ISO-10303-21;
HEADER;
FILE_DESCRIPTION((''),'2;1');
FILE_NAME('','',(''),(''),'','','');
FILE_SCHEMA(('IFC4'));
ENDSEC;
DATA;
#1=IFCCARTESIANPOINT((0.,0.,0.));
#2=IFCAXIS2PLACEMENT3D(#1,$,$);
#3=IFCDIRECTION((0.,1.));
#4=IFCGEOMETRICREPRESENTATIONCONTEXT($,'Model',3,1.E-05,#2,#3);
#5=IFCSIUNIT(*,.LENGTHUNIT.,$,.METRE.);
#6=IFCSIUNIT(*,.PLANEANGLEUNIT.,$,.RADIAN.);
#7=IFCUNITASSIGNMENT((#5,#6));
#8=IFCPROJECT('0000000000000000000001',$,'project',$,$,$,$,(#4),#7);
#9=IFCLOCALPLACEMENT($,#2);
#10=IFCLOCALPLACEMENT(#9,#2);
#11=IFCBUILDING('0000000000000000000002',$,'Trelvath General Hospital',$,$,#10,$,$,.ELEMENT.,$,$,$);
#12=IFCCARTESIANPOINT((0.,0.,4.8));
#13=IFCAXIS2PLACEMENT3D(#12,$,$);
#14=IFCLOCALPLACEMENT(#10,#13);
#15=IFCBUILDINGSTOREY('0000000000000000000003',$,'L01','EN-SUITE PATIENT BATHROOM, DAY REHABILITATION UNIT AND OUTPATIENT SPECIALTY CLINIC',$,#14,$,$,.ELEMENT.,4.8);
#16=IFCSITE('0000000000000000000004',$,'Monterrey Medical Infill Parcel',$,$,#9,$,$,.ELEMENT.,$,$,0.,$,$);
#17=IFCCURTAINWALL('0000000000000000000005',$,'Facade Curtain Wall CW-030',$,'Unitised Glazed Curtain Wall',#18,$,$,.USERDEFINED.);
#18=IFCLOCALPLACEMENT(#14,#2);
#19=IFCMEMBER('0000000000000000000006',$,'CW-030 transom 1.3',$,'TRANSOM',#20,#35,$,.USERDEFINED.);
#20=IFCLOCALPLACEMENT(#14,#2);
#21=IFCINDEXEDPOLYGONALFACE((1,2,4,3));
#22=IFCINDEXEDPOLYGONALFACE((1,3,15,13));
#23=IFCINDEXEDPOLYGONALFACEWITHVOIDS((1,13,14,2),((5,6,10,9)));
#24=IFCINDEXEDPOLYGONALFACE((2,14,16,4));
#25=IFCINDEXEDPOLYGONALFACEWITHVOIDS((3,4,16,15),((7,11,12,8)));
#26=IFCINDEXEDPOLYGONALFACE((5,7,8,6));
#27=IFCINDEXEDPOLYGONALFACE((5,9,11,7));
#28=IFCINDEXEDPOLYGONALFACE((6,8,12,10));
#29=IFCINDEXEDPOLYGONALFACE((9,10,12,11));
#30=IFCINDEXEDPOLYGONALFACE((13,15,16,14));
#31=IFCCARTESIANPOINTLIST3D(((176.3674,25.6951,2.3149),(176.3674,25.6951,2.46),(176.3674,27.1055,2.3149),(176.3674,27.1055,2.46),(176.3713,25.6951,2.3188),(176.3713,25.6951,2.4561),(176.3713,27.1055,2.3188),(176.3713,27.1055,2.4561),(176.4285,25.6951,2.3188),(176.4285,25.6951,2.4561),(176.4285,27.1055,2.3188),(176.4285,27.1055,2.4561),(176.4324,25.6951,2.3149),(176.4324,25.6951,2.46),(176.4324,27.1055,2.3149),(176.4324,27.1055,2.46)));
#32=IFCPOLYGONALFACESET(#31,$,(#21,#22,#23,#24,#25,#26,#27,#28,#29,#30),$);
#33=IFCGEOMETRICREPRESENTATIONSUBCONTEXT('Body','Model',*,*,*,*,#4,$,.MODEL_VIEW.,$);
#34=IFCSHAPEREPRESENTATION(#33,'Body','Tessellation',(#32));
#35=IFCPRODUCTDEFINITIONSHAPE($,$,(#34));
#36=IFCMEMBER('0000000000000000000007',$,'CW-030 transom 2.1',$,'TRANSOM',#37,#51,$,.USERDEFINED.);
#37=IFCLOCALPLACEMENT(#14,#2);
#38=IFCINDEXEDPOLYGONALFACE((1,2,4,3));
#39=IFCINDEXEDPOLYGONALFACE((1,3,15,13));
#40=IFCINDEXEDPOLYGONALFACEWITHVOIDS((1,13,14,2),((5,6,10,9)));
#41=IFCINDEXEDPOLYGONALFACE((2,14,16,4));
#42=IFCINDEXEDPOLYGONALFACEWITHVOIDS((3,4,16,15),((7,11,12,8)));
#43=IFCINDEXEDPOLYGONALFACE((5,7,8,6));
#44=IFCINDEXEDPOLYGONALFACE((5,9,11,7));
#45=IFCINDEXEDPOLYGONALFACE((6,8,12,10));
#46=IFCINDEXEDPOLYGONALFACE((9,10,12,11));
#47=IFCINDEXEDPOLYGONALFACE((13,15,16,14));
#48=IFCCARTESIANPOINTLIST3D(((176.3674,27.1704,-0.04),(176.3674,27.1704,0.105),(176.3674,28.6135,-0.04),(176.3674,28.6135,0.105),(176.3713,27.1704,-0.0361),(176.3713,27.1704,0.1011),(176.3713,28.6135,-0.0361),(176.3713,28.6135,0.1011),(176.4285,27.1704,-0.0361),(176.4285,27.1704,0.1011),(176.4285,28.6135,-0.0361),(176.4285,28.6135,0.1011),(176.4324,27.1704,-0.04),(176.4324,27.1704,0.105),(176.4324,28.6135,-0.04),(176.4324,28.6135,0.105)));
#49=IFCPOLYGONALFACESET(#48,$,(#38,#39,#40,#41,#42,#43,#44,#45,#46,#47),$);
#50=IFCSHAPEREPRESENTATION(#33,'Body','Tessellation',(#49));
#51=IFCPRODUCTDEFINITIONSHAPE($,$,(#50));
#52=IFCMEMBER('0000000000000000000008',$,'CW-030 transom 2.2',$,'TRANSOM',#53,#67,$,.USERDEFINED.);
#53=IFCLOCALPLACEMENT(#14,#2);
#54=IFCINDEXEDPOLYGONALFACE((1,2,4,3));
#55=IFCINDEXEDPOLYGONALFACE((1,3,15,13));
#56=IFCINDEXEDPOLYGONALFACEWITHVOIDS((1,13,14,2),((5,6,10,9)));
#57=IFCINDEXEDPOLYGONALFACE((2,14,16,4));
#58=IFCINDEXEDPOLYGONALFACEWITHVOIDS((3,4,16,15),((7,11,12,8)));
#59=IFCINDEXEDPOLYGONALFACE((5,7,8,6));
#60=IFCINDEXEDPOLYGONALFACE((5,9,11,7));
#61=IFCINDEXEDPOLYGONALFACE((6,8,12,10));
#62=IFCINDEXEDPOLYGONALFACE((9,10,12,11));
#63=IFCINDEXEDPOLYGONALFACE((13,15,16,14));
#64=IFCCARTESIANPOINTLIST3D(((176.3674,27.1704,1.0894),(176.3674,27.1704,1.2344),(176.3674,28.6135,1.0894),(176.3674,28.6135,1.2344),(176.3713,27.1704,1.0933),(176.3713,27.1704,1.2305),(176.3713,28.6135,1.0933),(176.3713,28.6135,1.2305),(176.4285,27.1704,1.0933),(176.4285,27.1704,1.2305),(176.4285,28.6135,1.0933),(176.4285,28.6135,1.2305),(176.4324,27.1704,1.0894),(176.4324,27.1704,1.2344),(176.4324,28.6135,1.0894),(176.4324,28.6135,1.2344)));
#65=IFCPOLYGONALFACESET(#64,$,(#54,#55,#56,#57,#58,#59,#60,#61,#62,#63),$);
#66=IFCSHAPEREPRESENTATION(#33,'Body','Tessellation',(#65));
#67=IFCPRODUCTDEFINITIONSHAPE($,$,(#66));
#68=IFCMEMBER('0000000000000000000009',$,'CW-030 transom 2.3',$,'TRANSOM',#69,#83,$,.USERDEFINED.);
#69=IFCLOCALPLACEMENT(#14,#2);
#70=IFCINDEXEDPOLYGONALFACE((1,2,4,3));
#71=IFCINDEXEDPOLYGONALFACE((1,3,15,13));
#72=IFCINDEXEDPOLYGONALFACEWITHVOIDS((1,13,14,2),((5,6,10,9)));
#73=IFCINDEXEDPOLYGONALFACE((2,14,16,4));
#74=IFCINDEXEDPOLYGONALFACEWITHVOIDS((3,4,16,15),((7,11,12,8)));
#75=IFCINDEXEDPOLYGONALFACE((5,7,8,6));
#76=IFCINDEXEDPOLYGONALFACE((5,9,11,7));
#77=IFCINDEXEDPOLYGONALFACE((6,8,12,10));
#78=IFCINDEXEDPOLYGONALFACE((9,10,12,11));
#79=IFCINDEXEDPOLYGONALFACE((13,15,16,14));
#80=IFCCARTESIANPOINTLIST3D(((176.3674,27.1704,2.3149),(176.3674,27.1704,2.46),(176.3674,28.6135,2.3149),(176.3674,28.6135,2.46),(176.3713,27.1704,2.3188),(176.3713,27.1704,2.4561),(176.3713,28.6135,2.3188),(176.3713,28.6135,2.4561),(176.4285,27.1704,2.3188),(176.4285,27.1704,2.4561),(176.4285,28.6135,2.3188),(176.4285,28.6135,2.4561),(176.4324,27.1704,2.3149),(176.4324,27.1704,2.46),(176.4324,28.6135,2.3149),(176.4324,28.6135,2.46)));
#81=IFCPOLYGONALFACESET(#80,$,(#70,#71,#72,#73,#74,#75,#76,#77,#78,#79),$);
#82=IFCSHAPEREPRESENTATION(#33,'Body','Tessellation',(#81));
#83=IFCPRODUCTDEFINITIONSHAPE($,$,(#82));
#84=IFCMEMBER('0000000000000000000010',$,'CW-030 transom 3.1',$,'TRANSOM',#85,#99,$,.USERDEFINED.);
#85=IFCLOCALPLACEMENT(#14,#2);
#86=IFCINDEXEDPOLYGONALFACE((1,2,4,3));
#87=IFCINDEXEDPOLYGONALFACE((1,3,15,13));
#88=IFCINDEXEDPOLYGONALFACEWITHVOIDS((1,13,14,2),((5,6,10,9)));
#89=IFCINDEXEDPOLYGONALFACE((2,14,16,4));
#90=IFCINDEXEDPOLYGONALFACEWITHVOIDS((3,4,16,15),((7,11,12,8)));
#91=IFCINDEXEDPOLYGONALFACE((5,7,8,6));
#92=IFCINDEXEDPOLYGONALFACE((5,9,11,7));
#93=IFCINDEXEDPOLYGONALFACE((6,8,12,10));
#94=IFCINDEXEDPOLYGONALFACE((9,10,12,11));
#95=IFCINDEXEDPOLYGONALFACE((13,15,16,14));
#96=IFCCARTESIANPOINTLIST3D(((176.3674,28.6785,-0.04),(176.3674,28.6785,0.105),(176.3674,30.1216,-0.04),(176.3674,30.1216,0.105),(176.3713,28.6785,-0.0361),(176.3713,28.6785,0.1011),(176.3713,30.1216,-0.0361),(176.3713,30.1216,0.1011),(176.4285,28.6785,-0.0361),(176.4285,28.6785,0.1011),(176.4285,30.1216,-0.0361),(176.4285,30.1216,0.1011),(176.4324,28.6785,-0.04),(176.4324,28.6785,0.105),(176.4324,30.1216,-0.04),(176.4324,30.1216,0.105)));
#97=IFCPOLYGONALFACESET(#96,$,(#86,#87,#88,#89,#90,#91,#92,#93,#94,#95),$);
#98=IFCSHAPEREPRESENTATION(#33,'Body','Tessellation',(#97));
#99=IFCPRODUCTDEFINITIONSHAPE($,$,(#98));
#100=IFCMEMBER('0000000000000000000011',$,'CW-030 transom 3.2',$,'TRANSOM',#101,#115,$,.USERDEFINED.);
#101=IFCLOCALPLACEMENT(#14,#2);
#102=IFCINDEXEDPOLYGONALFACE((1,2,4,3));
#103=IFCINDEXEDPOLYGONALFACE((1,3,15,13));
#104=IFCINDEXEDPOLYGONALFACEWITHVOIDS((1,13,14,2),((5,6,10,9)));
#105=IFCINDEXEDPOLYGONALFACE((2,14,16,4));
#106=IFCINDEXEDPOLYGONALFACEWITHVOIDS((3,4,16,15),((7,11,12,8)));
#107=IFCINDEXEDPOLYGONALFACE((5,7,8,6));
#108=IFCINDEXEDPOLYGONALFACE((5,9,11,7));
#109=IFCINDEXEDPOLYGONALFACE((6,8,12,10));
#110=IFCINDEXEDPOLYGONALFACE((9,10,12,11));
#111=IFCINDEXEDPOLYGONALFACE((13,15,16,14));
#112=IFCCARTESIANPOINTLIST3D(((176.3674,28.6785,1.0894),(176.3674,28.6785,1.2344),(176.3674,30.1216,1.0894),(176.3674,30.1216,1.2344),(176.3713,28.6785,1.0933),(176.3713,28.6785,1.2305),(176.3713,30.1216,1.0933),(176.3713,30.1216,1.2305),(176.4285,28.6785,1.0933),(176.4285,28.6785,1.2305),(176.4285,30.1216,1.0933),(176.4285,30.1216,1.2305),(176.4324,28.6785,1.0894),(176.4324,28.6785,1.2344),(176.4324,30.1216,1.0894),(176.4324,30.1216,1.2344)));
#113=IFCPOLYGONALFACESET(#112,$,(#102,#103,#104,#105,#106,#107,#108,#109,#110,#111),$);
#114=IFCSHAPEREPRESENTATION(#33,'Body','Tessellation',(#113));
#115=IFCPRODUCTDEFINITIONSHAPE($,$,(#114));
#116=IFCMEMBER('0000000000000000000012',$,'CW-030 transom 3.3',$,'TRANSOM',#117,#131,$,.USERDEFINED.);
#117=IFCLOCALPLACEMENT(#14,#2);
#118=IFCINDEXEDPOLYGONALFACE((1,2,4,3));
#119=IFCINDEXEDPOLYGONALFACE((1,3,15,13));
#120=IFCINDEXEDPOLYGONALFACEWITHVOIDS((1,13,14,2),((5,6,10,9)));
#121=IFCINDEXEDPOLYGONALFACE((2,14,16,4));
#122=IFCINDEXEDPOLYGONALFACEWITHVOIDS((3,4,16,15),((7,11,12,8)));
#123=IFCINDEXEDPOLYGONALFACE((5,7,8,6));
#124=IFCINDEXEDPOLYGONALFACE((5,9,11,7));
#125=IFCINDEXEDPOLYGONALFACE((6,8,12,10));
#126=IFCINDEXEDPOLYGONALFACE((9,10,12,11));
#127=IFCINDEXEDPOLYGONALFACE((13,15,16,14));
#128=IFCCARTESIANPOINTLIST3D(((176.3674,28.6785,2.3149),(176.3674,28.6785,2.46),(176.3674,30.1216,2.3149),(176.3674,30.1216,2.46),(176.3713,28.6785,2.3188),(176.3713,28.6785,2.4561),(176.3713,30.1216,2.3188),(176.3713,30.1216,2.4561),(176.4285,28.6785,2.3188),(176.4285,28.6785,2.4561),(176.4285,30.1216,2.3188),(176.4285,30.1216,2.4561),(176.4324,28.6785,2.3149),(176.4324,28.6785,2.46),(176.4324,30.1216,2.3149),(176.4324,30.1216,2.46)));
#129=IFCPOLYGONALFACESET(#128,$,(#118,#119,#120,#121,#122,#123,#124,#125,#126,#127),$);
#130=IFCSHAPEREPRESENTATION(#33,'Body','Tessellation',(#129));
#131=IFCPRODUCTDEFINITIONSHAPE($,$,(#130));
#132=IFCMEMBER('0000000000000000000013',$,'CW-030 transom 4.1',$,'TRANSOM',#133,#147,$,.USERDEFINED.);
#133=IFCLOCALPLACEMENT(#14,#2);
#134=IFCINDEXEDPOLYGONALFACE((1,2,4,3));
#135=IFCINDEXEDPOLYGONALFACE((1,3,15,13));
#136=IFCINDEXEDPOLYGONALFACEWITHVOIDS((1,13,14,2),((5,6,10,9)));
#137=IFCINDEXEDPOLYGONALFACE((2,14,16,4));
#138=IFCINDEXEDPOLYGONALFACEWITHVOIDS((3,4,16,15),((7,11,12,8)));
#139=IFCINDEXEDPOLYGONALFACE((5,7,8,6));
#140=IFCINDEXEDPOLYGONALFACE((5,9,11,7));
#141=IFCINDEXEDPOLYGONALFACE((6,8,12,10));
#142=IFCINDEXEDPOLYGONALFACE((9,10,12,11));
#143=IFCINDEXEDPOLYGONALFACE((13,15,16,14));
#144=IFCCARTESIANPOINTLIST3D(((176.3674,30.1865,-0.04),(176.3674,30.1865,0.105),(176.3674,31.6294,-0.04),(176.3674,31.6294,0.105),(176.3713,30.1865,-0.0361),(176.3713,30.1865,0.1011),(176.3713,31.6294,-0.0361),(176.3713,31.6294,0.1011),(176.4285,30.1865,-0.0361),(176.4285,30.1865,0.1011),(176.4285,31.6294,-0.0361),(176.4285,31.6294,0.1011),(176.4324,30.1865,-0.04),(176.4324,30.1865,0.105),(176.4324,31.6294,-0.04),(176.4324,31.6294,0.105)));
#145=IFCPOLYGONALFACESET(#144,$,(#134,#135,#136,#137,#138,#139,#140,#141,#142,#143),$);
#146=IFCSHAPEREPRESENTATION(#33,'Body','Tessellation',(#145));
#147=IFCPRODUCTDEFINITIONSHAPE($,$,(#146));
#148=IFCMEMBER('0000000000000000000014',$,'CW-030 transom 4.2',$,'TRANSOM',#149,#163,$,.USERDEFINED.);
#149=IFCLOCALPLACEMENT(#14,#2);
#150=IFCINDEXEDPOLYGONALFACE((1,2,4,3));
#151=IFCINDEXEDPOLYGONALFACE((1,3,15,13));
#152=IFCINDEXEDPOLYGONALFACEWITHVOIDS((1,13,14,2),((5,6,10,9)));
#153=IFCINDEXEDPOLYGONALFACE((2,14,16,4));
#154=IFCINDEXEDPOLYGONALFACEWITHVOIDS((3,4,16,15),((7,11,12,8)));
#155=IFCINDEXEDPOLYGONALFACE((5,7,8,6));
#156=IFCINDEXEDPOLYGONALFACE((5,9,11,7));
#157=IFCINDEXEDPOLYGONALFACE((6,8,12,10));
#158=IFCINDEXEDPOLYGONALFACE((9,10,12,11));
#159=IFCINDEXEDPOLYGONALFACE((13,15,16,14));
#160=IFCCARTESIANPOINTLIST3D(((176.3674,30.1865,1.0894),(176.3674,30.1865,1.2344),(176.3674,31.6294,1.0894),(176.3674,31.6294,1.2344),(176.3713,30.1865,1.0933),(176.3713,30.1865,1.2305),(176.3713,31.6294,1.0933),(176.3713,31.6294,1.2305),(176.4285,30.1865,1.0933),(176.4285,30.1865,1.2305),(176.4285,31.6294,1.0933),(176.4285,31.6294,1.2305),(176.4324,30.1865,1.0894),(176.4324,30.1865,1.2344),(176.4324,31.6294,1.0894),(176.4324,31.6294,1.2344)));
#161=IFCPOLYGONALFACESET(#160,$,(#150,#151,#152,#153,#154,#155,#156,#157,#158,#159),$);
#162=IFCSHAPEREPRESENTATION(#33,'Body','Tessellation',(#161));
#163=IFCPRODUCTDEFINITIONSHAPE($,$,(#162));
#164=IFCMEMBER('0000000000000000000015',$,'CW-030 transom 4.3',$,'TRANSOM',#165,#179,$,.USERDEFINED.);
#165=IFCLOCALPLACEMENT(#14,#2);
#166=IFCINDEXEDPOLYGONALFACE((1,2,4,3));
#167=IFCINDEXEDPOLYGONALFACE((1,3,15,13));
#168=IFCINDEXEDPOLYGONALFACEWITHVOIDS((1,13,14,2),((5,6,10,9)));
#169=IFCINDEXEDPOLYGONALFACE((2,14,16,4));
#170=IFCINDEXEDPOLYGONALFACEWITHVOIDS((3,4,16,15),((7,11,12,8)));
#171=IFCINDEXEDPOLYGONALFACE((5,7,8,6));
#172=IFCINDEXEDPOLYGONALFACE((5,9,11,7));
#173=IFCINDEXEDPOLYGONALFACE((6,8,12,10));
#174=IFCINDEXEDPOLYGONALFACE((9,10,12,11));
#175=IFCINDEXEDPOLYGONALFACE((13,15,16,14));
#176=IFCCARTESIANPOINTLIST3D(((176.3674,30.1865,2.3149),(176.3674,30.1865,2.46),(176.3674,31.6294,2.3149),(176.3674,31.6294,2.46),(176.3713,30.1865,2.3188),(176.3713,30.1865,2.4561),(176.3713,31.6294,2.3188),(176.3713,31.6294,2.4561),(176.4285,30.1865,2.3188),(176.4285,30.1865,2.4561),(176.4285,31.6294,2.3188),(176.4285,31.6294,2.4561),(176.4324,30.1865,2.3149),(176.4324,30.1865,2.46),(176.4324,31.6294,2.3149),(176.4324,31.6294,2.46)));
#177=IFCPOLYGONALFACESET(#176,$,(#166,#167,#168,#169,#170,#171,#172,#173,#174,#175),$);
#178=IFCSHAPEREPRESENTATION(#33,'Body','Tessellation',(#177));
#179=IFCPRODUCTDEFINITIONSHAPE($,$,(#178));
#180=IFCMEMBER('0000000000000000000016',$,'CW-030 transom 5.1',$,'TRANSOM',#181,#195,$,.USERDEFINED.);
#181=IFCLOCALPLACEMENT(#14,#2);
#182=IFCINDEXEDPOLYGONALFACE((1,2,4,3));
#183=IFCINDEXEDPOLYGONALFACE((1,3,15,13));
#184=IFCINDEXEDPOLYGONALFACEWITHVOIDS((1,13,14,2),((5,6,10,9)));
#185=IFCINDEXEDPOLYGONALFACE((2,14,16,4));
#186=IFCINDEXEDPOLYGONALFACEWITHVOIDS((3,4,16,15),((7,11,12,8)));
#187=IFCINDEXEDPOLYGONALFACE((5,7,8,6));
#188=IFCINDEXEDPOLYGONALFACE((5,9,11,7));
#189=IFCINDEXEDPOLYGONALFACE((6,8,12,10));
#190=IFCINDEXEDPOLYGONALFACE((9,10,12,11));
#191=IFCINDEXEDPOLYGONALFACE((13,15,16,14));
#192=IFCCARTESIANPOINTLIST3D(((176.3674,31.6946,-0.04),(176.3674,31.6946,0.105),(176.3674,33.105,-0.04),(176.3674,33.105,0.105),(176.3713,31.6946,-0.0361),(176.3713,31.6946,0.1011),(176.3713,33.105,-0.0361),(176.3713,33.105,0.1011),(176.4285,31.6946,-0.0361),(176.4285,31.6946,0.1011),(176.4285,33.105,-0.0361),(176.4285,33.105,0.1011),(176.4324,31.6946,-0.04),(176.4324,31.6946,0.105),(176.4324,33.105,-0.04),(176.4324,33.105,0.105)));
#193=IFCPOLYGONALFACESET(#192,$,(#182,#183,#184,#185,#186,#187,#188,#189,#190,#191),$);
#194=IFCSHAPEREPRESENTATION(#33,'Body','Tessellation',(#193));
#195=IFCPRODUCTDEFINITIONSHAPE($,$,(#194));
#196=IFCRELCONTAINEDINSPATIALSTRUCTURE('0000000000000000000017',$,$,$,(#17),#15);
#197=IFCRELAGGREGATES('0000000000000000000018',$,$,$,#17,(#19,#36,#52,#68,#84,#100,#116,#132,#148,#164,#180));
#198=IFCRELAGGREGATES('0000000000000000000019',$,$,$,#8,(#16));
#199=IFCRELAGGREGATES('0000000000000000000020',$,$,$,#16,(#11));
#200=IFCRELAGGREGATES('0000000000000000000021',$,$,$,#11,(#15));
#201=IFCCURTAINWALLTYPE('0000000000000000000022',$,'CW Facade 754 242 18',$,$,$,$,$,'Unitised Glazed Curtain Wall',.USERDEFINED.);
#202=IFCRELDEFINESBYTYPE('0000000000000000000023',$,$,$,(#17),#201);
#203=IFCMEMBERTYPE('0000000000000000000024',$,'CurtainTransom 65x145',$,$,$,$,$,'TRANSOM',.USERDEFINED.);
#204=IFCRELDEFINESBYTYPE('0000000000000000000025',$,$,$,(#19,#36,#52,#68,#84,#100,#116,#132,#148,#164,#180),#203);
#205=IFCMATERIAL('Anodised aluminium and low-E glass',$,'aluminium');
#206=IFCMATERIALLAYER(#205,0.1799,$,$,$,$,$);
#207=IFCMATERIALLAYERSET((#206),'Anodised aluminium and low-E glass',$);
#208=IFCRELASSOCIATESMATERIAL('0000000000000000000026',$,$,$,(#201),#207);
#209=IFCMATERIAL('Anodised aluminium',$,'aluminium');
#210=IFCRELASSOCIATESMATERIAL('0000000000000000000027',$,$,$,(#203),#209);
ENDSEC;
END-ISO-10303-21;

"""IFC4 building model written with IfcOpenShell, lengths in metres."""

from ifc_helpers import new_model, si_unit, direction, frame, origin, origin_2d, place, context, subcontext, project, spatial, hollow_rectangle, extrude, material, layer, layer_set, material_profile, profile_set, type_object, element, aggregate, save


model = new_model("IFC4")

# Units and contexts
model_context = context("Model", 3, precision=1e-05, world=origin(), true_north=direction((0.0, 1.0)))
body_context = subcontext(model_context, "Body", "Model", "MODEL_VIEW")
ifc_project = project(units=[si_unit("LENGTHUNIT", "METRE"), si_unit("PLANEANGLEUNIT", "RADIAN")], contexts=[model_context])

# Site, building, storey
site_placement = place(None, origin())
site = spatial("IfcSite", under=ifc_project, at=site_placement, Name="Monterrey Medical Infill Parcel", CompositionType="ELEMENT", RefElevation=0.0)
building_placement = place(site_placement, origin())
building = spatial("IfcBuilding", under=site, at=building_placement, Name="Trelvath General Hospital", CompositionType="ELEMENT")
storey_placement = place(building_placement, frame((0.0, 0.0, 4.8)))
storey = spatial("IfcBuildingStorey", under=building, at=storey_placement, Name="L01", Description="EN-SUITE PATIENT BATHROOM, DAY REHABILITATION UNIT AND OUTPATIENT SPECIALTY CLINIC", CompositionType="ELEMENT", Elevation=4.8)

# Curtain wall, members
ifc_material_1 = material(Name="Anodised aluminium and low-E glass", Category="aluminium")
ifc_layer_1 = layer(ifc_material_1, 0.1799)
ifc_layer_set_1 = layer_set([ifc_layer_1], Name="Anodised aluminium and low-E glass")
curtain_wall_type = type_object("IfcCurtainWallType", Name="CW Facade 754 242 18", ElementType="Unitised Glazed Curtain Wall", PredefinedType="USERDEFINED", material=ifc_layer_set_1)
curtain_wall_placement = place(storey_placement, origin())
curtain_wall = element("IfcCurtainWall", 1, at=curtain_wall_placement, inside=storey, type_object=curtain_wall_type, Name="Facade Curtain Wall CW-030", ObjectType="Unitised Glazed Curtain Wall", PredefinedType="USERDEFINED")
ifc_material_2 = material(Name="Anodised aluminium", Category="aluminium")
ifc_material_profile_1 = material_profile(ifc_material_2, hollow_rectangle(XDim=0.0649, YDim=0.145, WallThickness=0.0039, at=origin_2d()), Name="RHS65x145x4")
ifc_profile_set_1 = profile_set([ifc_material_profile_1], Name="Anodised aluminium")
member_type_1 = type_object("IfcMemberType", Name="CurtainTransom 65x145", ElementType="TRANSOM", PredefinedType="USERDEFINED", material=ifc_profile_set_1)
member_1_placement = place(storey_placement, frame((176.3999, 25.6951, 2.3875), z_axis=(0.0, 1.0, 0.0), x_axis=(-1.0, 0.0, 0.0)))
member_1 = element("IfcMember", 2, at=member_1_placement, type_object=member_type_1, Name="CW-030 transom 1.3", ObjectType="TRANSOM", PredefinedType="USERDEFINED", context=body_context, shape_type="SweptSolid", body=[
    extrude(hollow_rectangle(XDim=0.0649, YDim=0.145, WallThickness=0.0039, at=origin_2d()), origin(), (0.0, 0.0, 1.0), 1.4104),
])
member_2_placement = place(storey_placement, frame((176.3999, 27.1704, 0.0325), z_axis=(0.0, 1.0, 0.0), x_axis=(-1.0, 0.0, 0.0)))
member_2 = element("IfcMember", 3, at=member_2_placement, type_object=member_type_1, Name="CW-030 transom 2.1", ObjectType="TRANSOM", PredefinedType="USERDEFINED", context=body_context, shape_type="SweptSolid", body=[
    extrude(hollow_rectangle(XDim=0.0649, YDim=0.145, WallThickness=0.0039, at=origin_2d()), origin(), (0.0, 0.0, 1.0), 1.4431),
])
member_3_placement = place(storey_placement, frame((176.3999, 27.1704, 1.1619), z_axis=(0.0, 1.0, 0.0), x_axis=(-1.0, 0.0, 0.0)))
member_3 = element("IfcMember", 4, at=member_3_placement, type_object=member_type_1, Name="CW-030 transom 2.2", ObjectType="TRANSOM", PredefinedType="USERDEFINED", context=body_context, shape_type="SweptSolid", body=[
    extrude(hollow_rectangle(XDim=0.0649, YDim=0.145, WallThickness=0.0039, at=origin_2d()), origin(), (0.0, 0.0, 1.0), 1.4431),
])
member_4_placement = place(storey_placement, frame((176.3999, 27.1704, 2.3875), z_axis=(0.0, 1.0, 0.0), x_axis=(-1.0, 0.0, 0.0)))
member_4 = element("IfcMember", 5, at=member_4_placement, type_object=member_type_1, Name="CW-030 transom 2.3", ObjectType="TRANSOM", PredefinedType="USERDEFINED", context=body_context, shape_type="SweptSolid", body=[
    extrude(hollow_rectangle(XDim=0.0649, YDim=0.145, WallThickness=0.0039, at=origin_2d()), origin(), (0.0, 0.0, 1.0), 1.4431),
])
member_5_placement = place(storey_placement, frame((176.3999, 28.6785, 0.0325), z_axis=(0.0, 1.0, 0.0), x_axis=(-1.0, 0.0, 0.0)))
member_5 = element("IfcMember", 6, at=member_5_placement, type_object=member_type_1, Name="CW-030 transom 3.1", ObjectType="TRANSOM", PredefinedType="USERDEFINED", context=body_context, shape_type="SweptSolid", body=[
    extrude(hollow_rectangle(XDim=0.0649, YDim=0.145, WallThickness=0.0039, at=origin_2d()), origin(), (0.0, 0.0, 1.0), 1.4431),
])
member_6_placement = place(storey_placement, frame((176.3999, 28.6785, 1.1619), z_axis=(0.0, 1.0, 0.0), x_axis=(-1.0, 0.0, 0.0)))
member_6 = element("IfcMember", 7, at=member_6_placement, type_object=member_type_1, Name="CW-030 transom 3.2", ObjectType="TRANSOM", PredefinedType="USERDEFINED", context=body_context, shape_type="SweptSolid", body=[
    extrude(hollow_rectangle(XDim=0.0649, YDim=0.145, WallThickness=0.0039, at=origin_2d()), origin(), (0.0, 0.0, 1.0), 1.4431),
])
member_7_placement = place(storey_placement, frame((176.3999, 28.6785, 2.3875), z_axis=(0.0, 1.0, 0.0), x_axis=(-1.0, 0.0, 0.0)))
member_7 = element("IfcMember", 8, at=member_7_placement, type_object=member_type_1, Name="CW-030 transom 3.3", ObjectType="TRANSOM", PredefinedType="USERDEFINED", context=body_context, shape_type="SweptSolid", body=[
    extrude(hollow_rectangle(XDim=0.0649, YDim=0.145, WallThickness=0.0039, at=origin_2d()), origin(), (0.0, 0.0, 1.0), 1.4431),
])
member_8_placement = place(storey_placement, frame((176.3999, 30.1865, 0.0325), z_axis=(0.0, 1.0, 0.0), x_axis=(-1.0, 0.0, 0.0)))
member_8 = element("IfcMember", 9, at=member_8_placement, type_object=member_type_1, Name="CW-030 transom 4.1", ObjectType="TRANSOM", PredefinedType="USERDEFINED", context=body_context, shape_type="SweptSolid", body=[
    extrude(hollow_rectangle(XDim=0.0649, YDim=0.145, WallThickness=0.0039, at=origin_2d()), origin(), (0.0, 0.0, 1.0), 1.4429),
])
member_9_placement = place(storey_placement, frame((176.3999, 30.1865, 1.1619), z_axis=(0.0, 1.0, 0.0), x_axis=(-1.0, 0.0, 0.0)))
member_9 = element("IfcMember", 10, at=member_9_placement, type_object=member_type_1, Name="CW-030 transom 4.2", ObjectType="TRANSOM", PredefinedType="USERDEFINED", context=body_context, shape_type="SweptSolid", body=[
    extrude(hollow_rectangle(XDim=0.0649, YDim=0.145, WallThickness=0.0039, at=origin_2d()), origin(), (0.0, 0.0, 1.0), 1.4429),
])
member_10_placement = place(storey_placement, frame((176.3999, 30.1865, 2.3875), z_axis=(0.0, 1.0, 0.0), x_axis=(-1.0, 0.0, 0.0)))
member_10 = element("IfcMember", 11, at=member_10_placement, type_object=member_type_1, Name="CW-030 transom 4.3", ObjectType="TRANSOM", PredefinedType="USERDEFINED", context=body_context, shape_type="SweptSolid", body=[
    extrude(hollow_rectangle(XDim=0.0649, YDim=0.145, WallThickness=0.0039, at=origin_2d()), origin(), (0.0, 0.0, 1.0), 1.4429),
])
member_11_placement = place(storey_placement, frame((176.3999, 31.6946, 0.0325), z_axis=(0.0, 1.0, 0.0), x_axis=(-1.0, 0.0, 0.0)))
member_11 = element("IfcMember", 12, at=member_11_placement, type_object=member_type_1, Name="CW-030 transom 5.1", ObjectType="TRANSOM", PredefinedType="USERDEFINED", context=body_context, shape_type="SweptSolid", body=[
    extrude(hollow_rectangle(XDim=0.0649, YDim=0.145, WallThickness=0.0039, at=origin_2d()), origin(), (0.0, 0.0, 1.0), 1.4104),
])
aggregate(curtain_wall, [member_1, member_2, member_3, member_4, member_5, member_6, member_7, member_8, member_9, member_10, member_11])

save(model, "model.ifc")
